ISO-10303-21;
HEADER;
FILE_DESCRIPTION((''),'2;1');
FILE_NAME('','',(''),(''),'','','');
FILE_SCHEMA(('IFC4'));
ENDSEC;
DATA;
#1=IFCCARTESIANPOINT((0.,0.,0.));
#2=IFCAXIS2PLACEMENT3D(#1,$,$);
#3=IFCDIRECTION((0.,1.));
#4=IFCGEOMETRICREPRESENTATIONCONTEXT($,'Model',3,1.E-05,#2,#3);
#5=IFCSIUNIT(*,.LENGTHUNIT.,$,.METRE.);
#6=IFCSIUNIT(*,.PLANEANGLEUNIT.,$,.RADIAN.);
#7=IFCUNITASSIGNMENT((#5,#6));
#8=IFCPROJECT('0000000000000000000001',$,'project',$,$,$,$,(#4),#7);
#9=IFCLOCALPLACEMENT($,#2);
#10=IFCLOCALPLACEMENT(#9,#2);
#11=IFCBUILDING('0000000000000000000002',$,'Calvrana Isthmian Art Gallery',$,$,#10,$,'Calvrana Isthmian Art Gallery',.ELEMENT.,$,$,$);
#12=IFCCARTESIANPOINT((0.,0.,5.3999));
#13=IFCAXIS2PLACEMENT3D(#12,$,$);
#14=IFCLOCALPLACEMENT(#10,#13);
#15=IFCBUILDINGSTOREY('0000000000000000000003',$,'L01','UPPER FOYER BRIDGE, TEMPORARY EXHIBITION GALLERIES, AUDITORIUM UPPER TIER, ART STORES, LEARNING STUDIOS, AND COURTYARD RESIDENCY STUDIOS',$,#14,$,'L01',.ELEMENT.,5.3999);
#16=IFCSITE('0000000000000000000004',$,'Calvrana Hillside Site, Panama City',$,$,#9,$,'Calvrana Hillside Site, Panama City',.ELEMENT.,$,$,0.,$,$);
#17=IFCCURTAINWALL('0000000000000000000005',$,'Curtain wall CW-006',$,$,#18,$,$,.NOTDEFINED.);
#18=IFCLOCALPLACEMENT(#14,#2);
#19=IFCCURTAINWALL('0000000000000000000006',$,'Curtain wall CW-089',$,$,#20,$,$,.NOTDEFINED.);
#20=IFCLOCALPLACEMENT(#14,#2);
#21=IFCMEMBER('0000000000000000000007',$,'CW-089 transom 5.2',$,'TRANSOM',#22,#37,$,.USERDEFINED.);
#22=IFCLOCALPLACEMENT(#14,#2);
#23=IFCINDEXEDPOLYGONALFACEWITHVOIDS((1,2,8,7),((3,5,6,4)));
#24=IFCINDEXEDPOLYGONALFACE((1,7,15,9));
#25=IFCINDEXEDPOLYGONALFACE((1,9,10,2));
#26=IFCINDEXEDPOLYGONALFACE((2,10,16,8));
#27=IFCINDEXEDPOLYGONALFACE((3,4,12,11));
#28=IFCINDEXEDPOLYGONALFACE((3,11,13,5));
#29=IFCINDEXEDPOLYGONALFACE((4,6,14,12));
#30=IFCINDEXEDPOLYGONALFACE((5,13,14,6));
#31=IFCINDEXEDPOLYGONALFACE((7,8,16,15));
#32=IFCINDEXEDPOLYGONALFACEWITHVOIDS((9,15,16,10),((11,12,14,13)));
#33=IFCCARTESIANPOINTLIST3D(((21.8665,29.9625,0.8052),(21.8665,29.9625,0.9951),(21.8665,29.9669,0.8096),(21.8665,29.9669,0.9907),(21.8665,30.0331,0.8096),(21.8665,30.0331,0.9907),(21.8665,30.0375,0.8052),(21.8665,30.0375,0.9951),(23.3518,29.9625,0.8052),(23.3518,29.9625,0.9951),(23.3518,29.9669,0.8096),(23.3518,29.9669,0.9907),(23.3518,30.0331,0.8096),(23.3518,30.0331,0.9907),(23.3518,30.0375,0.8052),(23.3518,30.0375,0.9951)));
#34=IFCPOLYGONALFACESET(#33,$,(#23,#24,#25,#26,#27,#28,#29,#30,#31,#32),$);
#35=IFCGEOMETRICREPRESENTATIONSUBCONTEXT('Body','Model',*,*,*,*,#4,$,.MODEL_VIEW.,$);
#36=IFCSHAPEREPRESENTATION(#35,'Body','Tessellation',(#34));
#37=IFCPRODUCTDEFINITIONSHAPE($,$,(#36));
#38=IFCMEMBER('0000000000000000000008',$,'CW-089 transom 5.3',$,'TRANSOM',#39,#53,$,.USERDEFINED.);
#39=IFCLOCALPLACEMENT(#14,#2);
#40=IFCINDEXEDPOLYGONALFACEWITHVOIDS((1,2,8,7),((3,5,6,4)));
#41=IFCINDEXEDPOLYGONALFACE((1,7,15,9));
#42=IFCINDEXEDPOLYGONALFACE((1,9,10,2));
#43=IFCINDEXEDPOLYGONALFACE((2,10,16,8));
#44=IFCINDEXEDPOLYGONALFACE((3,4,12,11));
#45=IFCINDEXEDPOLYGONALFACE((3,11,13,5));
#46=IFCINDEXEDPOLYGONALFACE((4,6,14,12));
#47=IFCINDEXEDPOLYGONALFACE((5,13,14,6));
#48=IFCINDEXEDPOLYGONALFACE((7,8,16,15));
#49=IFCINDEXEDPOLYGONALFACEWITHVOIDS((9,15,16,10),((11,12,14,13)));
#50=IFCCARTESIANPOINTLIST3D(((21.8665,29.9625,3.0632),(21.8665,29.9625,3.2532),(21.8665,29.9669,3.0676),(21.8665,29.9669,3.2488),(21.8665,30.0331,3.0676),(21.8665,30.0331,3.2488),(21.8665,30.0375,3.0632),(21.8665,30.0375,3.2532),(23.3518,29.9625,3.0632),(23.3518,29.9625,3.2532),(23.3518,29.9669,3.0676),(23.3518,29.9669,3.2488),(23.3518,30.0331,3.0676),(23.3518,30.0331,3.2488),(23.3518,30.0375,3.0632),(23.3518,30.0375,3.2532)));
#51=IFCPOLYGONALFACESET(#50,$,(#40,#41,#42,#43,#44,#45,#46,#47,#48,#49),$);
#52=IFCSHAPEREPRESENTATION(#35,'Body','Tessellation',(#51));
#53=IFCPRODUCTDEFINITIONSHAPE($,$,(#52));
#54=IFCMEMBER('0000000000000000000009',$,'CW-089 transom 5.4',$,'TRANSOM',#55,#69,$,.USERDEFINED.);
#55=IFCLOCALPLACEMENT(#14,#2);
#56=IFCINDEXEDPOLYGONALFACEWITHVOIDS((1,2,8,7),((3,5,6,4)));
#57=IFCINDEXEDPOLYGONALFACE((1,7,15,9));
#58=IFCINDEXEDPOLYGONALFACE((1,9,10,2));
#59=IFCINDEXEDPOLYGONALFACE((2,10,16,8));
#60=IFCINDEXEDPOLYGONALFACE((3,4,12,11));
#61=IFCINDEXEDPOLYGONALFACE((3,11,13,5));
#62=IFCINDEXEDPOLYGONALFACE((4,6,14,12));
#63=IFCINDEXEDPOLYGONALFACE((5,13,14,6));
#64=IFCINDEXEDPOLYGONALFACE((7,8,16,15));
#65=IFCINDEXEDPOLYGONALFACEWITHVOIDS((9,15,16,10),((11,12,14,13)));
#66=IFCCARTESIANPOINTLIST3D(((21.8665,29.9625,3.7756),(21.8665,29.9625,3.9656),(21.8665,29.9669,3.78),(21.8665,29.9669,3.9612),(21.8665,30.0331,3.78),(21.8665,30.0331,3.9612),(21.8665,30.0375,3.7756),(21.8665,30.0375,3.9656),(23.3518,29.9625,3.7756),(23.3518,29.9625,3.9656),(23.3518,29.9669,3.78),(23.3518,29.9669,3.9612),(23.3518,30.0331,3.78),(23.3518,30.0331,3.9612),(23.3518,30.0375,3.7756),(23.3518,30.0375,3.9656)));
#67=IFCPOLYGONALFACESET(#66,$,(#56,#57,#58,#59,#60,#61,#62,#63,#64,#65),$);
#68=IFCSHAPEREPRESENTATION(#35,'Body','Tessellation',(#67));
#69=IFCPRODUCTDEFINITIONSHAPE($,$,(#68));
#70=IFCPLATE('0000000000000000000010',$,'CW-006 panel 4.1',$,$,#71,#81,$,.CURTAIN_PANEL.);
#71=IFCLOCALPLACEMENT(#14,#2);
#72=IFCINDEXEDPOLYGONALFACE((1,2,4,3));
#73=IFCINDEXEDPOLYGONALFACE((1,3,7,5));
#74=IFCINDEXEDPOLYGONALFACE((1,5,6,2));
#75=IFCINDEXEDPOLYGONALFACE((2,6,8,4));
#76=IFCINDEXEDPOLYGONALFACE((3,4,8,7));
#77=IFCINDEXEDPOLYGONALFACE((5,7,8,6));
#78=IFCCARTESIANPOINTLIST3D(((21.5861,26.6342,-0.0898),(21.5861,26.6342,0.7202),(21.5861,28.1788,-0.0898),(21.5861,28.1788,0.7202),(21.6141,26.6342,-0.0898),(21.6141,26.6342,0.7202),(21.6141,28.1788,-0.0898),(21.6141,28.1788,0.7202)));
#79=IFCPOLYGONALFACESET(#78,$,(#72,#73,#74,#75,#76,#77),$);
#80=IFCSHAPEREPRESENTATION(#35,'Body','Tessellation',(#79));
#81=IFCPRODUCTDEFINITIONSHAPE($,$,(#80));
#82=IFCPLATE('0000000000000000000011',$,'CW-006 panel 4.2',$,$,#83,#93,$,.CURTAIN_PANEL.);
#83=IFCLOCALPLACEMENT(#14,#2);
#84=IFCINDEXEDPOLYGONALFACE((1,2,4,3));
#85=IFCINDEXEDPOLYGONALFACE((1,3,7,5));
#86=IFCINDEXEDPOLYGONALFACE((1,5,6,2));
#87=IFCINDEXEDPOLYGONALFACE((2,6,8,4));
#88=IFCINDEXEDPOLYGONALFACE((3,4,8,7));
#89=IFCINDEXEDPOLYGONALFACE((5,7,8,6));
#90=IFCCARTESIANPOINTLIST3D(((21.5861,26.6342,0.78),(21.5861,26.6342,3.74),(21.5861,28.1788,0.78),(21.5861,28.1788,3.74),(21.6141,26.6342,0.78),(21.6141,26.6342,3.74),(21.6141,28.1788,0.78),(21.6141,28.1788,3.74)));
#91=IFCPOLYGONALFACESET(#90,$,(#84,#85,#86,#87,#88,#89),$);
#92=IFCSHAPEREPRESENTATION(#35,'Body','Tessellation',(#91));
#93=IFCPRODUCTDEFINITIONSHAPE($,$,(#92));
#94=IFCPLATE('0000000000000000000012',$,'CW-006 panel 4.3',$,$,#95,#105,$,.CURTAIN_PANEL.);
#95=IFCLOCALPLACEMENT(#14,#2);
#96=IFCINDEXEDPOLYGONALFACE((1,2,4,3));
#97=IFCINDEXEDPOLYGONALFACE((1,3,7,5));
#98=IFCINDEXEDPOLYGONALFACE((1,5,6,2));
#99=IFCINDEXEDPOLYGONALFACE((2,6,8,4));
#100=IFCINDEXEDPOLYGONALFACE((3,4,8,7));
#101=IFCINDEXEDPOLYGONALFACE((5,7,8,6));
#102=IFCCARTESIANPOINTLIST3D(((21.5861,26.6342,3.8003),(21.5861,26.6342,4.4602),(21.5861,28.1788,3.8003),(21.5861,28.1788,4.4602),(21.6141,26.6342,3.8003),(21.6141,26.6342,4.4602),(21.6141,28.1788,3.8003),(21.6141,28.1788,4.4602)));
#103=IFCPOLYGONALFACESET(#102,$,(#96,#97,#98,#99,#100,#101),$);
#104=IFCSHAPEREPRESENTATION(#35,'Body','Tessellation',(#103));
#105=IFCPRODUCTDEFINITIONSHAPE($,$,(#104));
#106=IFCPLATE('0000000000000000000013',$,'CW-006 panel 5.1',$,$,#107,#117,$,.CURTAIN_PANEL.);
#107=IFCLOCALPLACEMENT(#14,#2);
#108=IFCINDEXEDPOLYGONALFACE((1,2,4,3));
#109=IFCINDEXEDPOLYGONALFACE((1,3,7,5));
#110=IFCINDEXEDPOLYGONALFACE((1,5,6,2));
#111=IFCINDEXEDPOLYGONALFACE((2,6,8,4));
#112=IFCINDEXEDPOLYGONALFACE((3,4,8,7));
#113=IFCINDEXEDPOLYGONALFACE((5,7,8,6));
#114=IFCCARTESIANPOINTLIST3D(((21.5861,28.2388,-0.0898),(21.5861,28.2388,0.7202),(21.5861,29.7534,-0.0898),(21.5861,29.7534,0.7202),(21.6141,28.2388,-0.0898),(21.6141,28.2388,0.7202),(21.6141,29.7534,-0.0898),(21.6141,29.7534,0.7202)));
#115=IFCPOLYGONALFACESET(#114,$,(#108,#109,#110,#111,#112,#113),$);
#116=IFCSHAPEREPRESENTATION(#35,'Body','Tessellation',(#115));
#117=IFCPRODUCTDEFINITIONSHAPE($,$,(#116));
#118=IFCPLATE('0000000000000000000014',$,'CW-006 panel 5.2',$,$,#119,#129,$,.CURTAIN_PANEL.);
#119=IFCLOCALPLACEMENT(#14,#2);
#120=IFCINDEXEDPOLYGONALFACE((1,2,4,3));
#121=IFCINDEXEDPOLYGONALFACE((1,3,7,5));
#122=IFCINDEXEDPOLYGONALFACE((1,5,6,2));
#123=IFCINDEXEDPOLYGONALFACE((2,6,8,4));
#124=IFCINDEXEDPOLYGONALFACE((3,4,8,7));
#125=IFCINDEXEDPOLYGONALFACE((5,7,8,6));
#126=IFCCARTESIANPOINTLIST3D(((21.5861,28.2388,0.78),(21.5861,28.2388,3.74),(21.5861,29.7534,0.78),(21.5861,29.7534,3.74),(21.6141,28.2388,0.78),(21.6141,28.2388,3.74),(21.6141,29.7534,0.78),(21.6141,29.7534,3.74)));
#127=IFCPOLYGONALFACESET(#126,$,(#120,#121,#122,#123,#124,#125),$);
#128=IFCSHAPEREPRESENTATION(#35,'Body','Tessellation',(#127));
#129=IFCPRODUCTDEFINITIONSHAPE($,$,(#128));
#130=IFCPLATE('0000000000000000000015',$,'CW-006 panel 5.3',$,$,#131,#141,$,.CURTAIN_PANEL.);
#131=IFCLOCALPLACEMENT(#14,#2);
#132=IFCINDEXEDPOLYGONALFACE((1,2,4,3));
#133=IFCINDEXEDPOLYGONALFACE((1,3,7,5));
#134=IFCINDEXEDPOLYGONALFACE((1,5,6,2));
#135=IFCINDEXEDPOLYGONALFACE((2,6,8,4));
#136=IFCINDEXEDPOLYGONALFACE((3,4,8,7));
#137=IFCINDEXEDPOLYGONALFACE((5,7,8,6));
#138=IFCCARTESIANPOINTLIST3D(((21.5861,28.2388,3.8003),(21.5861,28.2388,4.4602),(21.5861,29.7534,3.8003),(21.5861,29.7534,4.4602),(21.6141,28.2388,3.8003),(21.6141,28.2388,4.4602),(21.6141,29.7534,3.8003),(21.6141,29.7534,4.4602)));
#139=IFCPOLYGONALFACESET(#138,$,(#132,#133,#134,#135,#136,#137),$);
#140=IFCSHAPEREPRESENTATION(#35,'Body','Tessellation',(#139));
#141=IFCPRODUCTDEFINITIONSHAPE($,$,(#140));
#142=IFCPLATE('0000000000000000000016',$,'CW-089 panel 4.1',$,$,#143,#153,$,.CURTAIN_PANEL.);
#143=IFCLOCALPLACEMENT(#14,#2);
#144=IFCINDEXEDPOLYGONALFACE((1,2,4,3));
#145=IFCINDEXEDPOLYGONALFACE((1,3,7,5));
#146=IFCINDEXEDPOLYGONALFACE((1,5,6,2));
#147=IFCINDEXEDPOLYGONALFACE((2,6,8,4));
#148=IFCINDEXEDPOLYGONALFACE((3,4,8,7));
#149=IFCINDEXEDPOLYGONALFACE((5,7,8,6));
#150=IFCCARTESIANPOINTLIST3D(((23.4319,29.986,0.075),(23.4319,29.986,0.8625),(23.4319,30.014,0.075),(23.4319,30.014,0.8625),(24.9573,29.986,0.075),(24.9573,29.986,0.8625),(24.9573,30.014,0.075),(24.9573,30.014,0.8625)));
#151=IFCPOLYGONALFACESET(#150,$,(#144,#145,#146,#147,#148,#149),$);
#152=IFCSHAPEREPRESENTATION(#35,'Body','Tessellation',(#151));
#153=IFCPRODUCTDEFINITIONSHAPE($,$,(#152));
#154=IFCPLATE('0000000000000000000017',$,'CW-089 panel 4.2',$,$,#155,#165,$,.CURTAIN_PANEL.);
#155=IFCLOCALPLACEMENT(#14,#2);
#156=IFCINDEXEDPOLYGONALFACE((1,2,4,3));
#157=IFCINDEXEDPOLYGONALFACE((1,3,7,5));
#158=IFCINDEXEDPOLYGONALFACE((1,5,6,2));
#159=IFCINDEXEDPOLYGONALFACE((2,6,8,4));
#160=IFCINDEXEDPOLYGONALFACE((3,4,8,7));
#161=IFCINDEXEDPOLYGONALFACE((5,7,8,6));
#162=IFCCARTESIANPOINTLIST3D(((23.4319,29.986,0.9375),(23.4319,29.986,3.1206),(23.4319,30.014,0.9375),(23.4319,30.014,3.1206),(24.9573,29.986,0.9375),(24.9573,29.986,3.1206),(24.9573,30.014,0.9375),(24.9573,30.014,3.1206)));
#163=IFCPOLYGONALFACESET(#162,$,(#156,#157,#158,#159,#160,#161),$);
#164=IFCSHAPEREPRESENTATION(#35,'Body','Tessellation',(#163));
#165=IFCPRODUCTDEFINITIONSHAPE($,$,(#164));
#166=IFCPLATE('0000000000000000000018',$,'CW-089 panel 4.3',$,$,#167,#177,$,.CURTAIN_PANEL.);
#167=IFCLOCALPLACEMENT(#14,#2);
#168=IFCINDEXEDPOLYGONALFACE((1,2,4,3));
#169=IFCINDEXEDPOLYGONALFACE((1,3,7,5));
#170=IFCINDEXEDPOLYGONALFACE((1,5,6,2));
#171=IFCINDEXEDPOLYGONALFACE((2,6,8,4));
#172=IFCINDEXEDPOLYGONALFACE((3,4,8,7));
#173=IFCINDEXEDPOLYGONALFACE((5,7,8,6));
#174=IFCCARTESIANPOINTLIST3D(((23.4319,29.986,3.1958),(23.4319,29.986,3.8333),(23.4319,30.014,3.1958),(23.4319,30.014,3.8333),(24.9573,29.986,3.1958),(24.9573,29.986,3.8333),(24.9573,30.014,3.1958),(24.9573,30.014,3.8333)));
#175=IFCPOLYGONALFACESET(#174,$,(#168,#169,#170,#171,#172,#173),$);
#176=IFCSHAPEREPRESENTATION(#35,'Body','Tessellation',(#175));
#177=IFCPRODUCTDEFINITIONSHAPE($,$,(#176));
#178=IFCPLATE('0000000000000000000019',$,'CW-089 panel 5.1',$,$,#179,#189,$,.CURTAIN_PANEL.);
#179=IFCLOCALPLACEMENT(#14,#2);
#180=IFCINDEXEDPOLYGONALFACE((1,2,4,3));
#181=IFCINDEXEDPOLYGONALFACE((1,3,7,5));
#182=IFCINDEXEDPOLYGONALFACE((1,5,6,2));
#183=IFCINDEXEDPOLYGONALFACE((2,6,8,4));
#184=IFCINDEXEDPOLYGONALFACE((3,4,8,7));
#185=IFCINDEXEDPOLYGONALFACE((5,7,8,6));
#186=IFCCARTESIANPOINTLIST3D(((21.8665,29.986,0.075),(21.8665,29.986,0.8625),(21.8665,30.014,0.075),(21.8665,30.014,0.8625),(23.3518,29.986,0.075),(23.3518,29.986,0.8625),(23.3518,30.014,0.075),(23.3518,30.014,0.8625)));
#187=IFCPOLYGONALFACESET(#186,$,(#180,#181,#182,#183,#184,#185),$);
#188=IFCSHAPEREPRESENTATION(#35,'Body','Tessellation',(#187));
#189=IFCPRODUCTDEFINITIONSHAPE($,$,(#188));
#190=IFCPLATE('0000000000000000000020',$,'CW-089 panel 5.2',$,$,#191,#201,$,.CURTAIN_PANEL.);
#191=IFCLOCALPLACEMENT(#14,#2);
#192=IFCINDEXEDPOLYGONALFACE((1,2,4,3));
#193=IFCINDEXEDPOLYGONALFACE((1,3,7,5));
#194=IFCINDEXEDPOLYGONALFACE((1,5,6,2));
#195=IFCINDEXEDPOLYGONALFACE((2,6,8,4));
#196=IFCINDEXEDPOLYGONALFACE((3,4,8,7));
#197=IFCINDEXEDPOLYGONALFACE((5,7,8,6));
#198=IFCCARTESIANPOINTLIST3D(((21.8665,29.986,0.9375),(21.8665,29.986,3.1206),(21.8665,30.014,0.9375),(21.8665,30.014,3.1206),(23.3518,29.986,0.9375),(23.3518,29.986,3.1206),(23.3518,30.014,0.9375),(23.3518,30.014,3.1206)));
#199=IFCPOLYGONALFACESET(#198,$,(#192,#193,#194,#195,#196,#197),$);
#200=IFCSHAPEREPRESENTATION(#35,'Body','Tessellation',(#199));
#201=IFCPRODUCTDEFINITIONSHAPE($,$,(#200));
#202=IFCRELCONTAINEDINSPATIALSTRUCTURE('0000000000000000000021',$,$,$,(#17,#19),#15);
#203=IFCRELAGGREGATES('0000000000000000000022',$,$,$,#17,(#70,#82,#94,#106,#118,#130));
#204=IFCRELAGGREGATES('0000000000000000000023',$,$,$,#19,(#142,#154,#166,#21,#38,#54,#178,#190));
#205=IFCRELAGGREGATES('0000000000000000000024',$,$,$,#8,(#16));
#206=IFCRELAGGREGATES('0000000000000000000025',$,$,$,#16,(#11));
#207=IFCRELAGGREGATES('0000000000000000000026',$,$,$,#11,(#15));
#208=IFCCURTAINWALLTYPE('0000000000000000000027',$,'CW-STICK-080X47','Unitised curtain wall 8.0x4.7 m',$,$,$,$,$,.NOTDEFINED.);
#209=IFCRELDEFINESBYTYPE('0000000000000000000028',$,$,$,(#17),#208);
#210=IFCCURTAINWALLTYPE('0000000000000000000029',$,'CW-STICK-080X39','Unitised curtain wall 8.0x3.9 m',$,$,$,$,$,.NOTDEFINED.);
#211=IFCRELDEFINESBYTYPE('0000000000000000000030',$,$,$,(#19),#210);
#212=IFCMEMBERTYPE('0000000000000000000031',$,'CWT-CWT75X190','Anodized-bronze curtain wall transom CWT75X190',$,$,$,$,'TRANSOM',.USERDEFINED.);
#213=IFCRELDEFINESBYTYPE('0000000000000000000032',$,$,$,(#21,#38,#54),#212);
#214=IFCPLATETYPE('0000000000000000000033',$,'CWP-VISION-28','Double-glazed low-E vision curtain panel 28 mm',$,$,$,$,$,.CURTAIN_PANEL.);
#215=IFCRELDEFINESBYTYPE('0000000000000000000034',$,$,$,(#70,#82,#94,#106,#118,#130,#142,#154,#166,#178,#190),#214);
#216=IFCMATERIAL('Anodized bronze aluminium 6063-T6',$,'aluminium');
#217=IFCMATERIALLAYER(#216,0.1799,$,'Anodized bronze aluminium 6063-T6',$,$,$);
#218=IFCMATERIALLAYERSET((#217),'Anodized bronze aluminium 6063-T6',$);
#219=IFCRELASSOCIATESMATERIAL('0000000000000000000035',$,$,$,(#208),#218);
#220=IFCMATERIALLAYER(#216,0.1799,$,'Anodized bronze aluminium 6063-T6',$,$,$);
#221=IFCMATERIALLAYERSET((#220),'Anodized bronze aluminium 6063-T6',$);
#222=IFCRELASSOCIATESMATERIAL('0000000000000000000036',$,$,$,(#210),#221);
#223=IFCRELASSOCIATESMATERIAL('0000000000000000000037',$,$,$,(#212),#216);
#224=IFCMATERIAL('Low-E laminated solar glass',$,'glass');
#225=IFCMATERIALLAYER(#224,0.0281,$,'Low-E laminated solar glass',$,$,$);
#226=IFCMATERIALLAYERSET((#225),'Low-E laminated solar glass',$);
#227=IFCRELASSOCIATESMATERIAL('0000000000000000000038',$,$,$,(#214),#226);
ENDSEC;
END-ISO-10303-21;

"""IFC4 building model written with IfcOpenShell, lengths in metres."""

from ifc_helpers import new_model, si_unit, direction, frame, origin, origin_2d, place, context, subcontext, project, spatial, rectangle, hollow_rectangle, extrude, material, layer, layer_set, material_profile, profile_set, type_object, element, aggregate, save


model = new_model("IFC4")

# Units and contexts
model_context = context("Model", 3, precision=1e-05, world=origin(), true_north=direction((0.0, 1.0)))
body_context = subcontext(model_context, "Body", "Model", "MODEL_VIEW")
ifc_project = project(units=[si_unit("LENGTHUNIT", "METRE"), si_unit("PLANEANGLEUNIT", "RADIAN")], contexts=[model_context])

# Site, building, storey
site_placement = place(None, origin())
site = spatial("IfcSite", under=ifc_project, at=site_placement, Name="Calvrana Hillside Site, Panama City", LongName="Calvrana Hillside Site, Panama City", CompositionType="ELEMENT", RefElevation=0.0)
building_placement = place(site_placement, origin())
building = spatial("IfcBuilding", under=site, at=building_placement, Name="Calvrana Isthmian Art Gallery", LongName="Calvrana Isthmian Art Gallery", CompositionType="ELEMENT")
storey_placement = place(building_placement, frame((0.0, 0.0, 5.3999)))
storey = spatial("IfcBuildingStorey", under=building, at=storey_placement, Name="L01", Description="UPPER FOYER BRIDGE, TEMPORARY EXHIBITION GALLERIES, AUDITORIUM UPPER TIER, ART STORES, LEARNING STUDIOS, AND COURTYARD RESIDENCY STUDIOS", LongName="L01", CompositionType="ELEMENT", Elevation=5.3999)

# Curtain wall
ifc_material_1 = material(Name="Anodized bronze aluminium 6063-T6", Category="aluminium")
ifc_layer_1 = layer(ifc_material_1, 0.1799, Name="Anodized bronze aluminium 6063-T6")
ifc_layer_set_1 = layer_set([ifc_layer_1], Name="Anodized bronze aluminium 6063-T6")
curtain_wall_type_1 = type_object("IfcCurtainWallType", Name="CW-STICK-080X47", Description="Unitised curtain wall 8.0x4.7 m", PredefinedType="NOTDEFINED", material=ifc_layer_set_1)
curtain_wall_1_placement = place(storey_placement, origin())
curtain_wall_1 = element("IfcCurtainWall", 1, at=curtain_wall_1_placement, inside=storey, type_object=curtain_wall_type_1, Name="Curtain wall CW-006", PredefinedType="NOTDEFINED")

# Curtain wall
ifc_layer_2 = layer(ifc_material_1, 0.1799, Name="Anodized bronze aluminium 6063-T6")
ifc_layer_set_2 = layer_set([ifc_layer_2], Name="Anodized bronze aluminium 6063-T6")
curtain_wall_type_2 = type_object("IfcCurtainWallType", Name="CW-STICK-080X39", Description="Unitised curtain wall 8.0x3.9 m", PredefinedType="NOTDEFINED", material=ifc_layer_set_2)
curtain_wall_2_placement = place(storey_placement, origin())
curtain_wall_2 = element("IfcCurtainWall", 2, at=curtain_wall_2_placement, inside=storey, type_object=curtain_wall_type_2, Name="Curtain wall CW-089", PredefinedType="NOTDEFINED")

# Members
ifc_material_profile_1 = material_profile(ifc_material_1, hollow_rectangle(XDim=0.075, YDim=0.1899, WallThickness=0.0044, at=origin_2d()), Name="CWT75X190")
ifc_profile_set_1 = profile_set([ifc_material_profile_1], Name="Anodized bronze aluminium 6063-T6")
member_type_1 = type_object("IfcMemberType", Name="CWT-CWT75X190", Description="Anodized-bronze curtain wall transom CWT75X190", ElementType="TRANSOM", PredefinedType="USERDEFINED", material=ifc_profile_set_1)
member_1_placement = place(storey_placement, frame((23.3518, 30.0, 0.9001), z_axis=(-1.0, 0.0, 0.0), x_axis=(0.0, -1.0, 0.0)))
member_1 = element("IfcMember", 3, at=member_1_placement, type_object=member_type_1, Name="CW-089 transom 5.2", ObjectType="TRANSOM", PredefinedType="USERDEFINED", context=body_context, shape_type="SweptSolid", body=[
    extrude(hollow_rectangle(XDim=0.075, YDim=0.1899, WallThickness=0.0044, at=origin_2d()), origin(), (0.0, 0.0, 1.0), 1.4854),
])
member_2_placement = place(storey_placement, frame((23.3518, 30.0, 3.1582), z_axis=(-1.0, 0.0, 0.0), x_axis=(0.0, -1.0, 0.0)))
member_2 = element("IfcMember", 4, at=member_2_placement, type_object=member_type_1, Name="CW-089 transom 5.3", ObjectType="TRANSOM", PredefinedType="USERDEFINED", context=body_context, shape_type="SweptSolid", body=[
    extrude(hollow_rectangle(XDim=0.075, YDim=0.1899, WallThickness=0.0044, at=origin_2d()), origin(), (0.0, 0.0, 1.0), 1.4854),
])
member_3_placement = place(storey_placement, frame((23.3518, 30.0, 3.8706), z_axis=(-1.0, 0.0, 0.0), x_axis=(0.0, -1.0, 0.0)))
member_3 = element("IfcMember", 5, at=member_3_placement, type_object=member_type_1, Name="CW-089 transom 5.4", ObjectType="TRANSOM", PredefinedType="USERDEFINED", context=body_context, shape_type="SweptSolid", body=[
    extrude(hollow_rectangle(XDim=0.075, YDim=0.1899, WallThickness=0.0044, at=origin_2d()), origin(), (0.0, 0.0, 1.0), 1.4854),
])

# Plates
ifc_material_2 = material(Name="Low-E laminated solar glass", Category="glass")
ifc_layer_3 = layer(ifc_material_2, 0.0281, Name="Low-E laminated solar glass")
ifc_layer_set_3 = layer_set([ifc_layer_3], Name="Low-E laminated solar glass")
plate_type_1 = type_object("IfcPlateType", Name="CWP-VISION-28", Description="Double-glazed low-E vision curtain panel 28 mm", PredefinedType="CURTAIN_PANEL", material=ifc_layer_set_3)
plate_1_placement = place(storey_placement, frame((21.6001, 27.4065, -0.0898), z_axis=(0.0, 0.0, 1.0), x_axis=(0.0, 1.0, 0.0)))
plate_1 = element("IfcPlate", 6, at=plate_1_placement, type_object=plate_type_1, Name="CW-006 panel 4.1", PredefinedType="CURTAIN_PANEL", context=body_context, shape_type="SweptSolid", body=[
    extrude(rectangle(XDim=1.5447, YDim=0.0281, at=origin_2d()), origin(), (0.0, 0.0, 1.0), 0.8101),
])
plate_2_placement = place(storey_placement, frame((21.6001, 27.4065, 0.78), z_axis=(0.0, 0.0, 1.0), x_axis=(0.0, 1.0, 0.0)))
plate_2 = element("IfcPlate", 7, at=plate_2_placement, type_object=plate_type_1, Name="CW-006 panel 4.2", PredefinedType="CURTAIN_PANEL", context=body_context, shape_type="SweptSolid", body=[
    extrude(rectangle(XDim=1.5447, YDim=0.0281, at=origin_2d()), origin(), (0.0, 0.0, 1.0), 2.96),
])
plate_3_placement = place(storey_placement, frame((21.6001, 27.4065, 3.8003), z_axis=(0.0, 0.0, 1.0), x_axis=(0.0, 1.0, 0.0)))
plate_3 = element("IfcPlate", 8, at=plate_3_placement, type_object=plate_type_1, Name="CW-006 panel 4.3", PredefinedType="CURTAIN_PANEL", context=body_context, shape_type="SweptSolid", body=[
    extrude(rectangle(XDim=1.5447, YDim=0.0281, at=origin_2d()), origin(), (0.0, 0.0, 1.0), 0.6599),
])
plate_4_placement = place(storey_placement, frame((21.6001, 28.9961, -0.0898), z_axis=(0.0, 0.0, 1.0), x_axis=(0.0, 1.0, 0.0)))
plate_4 = element("IfcPlate", 9, at=plate_4_placement, type_object=plate_type_1, Name="CW-006 panel 5.1", PredefinedType="CURTAIN_PANEL", context=body_context, shape_type="SweptSolid", body=[
    extrude(rectangle(XDim=1.5146, YDim=0.0281, at=origin_2d()), origin(), (0.0, 0.0, 1.0), 0.8101),
])
plate_5_placement = place(storey_placement, frame((21.6001, 28.9961, 0.78), z_axis=(0.0, 0.0, 1.0), x_axis=(0.0, 1.0, 0.0)))
plate_5 = element("IfcPlate", 10, at=plate_5_placement, type_object=plate_type_1, Name="CW-006 panel 5.2", PredefinedType="CURTAIN_PANEL", context=body_context, shape_type="SweptSolid", body=[
    extrude(rectangle(XDim=1.5146, YDim=0.0281, at=origin_2d()), origin(), (0.0, 0.0, 1.0), 2.96),
])
plate_6_placement = place(storey_placement, frame((21.6001, 28.9961, 3.8003), z_axis=(0.0, 0.0, 1.0), x_axis=(0.0, 1.0, 0.0)))
plate_6 = element("IfcPlate", 11, at=plate_6_placement, type_object=plate_type_1, Name="CW-006 panel 5.3", PredefinedType="CURTAIN_PANEL", context=body_context, shape_type="SweptSolid", body=[
    extrude(rectangle(XDim=1.5146, YDim=0.0281, at=origin_2d()), origin(), (0.0, 0.0, 1.0), 0.6599),
])
aggregate(curtain_wall_1, [plate_1, plate_2, plate_3, plate_4, plate_5, plate_6])
plate_7_placement = place(storey_placement, frame((24.1946, 30.0, 0.075), z_axis=(0.0, 0.0, 1.0), x_axis=(-1.0, 0.0, 0.0)))
plate_7 = element("IfcPlate", 12, at=plate_7_placement, type_object=plate_type_1, Name="CW-089 panel 4.1", PredefinedType="CURTAIN_PANEL", context=body_context, shape_type="SweptSolid", body=[
    extrude(rectangle(XDim=1.5254, YDim=0.0281, at=origin_2d()), origin(), (0.0, 0.0, 1.0), 0.7876),
])
plate_8_placement = place(storey_placement, frame((24.1946, 30.0, 0.9375), z_axis=(0.0, 0.0, 1.0), x_axis=(-1.0, 0.0, 0.0)))
plate_8 = element("IfcPlate", 13, at=plate_8_placement, type_object=plate_type_1, Name="CW-089 panel 4.2", PredefinedType="CURTAIN_PANEL", context=body_context, shape_type="SweptSolid", body=[
    extrude(rectangle(XDim=1.5254, YDim=0.0281, at=origin_2d()), origin(), (0.0, 0.0, 1.0), 2.1831),
])
plate_9_placement = place(storey_placement, frame((24.1946, 30.0, 3.1958), z_axis=(0.0, 0.0, 1.0), x_axis=(-1.0, 0.0, 0.0)))
plate_9 = element("IfcPlate", 14, at=plate_9_placement, type_object=plate_type_1, Name="CW-089 panel 4.3", PredefinedType="CURTAIN_PANEL", context=body_context, shape_type="SweptSolid", body=[
    extrude(rectangle(XDim=1.5254, YDim=0.0281, at=origin_2d()), origin(), (0.0, 0.0, 1.0), 0.6375),
])
plate_10_placement = place(storey_placement, frame((22.6091, 30.0, 0.075), z_axis=(0.0, 0.0, 1.0), x_axis=(-1.0, 0.0, 0.0)))
plate_10 = element("IfcPlate", 15, at=plate_10_placement, type_object=plate_type_1, Name="CW-089 panel 5.1", PredefinedType="CURTAIN_PANEL", context=body_context, shape_type="SweptSolid", body=[
    extrude(rectangle(XDim=1.4854, YDim=0.0281, at=origin_2d()), origin(), (0.0, 0.0, 1.0), 0.7876),
])
plate_11_placement = place(storey_placement, frame((22.6091, 30.0, 0.9375), z_axis=(0.0, 0.0, 1.0), x_axis=(-1.0, 0.0, 0.0)))
plate_11 = element("IfcPlate", 16, at=plate_11_placement, type_object=plate_type_1, Name="CW-089 panel 5.2", PredefinedType="CURTAIN_PANEL", context=body_context, shape_type="SweptSolid", body=[
    extrude(rectangle(XDim=1.4854, YDim=0.0281, at=origin_2d()), origin(), (0.0, 0.0, 1.0), 2.1831),
])
aggregate(curtain_wall_2, [plate_7, plate_8, plate_9, member_1, member_2, member_3, plate_10, plate_11])

save(model, "model.ifc")
